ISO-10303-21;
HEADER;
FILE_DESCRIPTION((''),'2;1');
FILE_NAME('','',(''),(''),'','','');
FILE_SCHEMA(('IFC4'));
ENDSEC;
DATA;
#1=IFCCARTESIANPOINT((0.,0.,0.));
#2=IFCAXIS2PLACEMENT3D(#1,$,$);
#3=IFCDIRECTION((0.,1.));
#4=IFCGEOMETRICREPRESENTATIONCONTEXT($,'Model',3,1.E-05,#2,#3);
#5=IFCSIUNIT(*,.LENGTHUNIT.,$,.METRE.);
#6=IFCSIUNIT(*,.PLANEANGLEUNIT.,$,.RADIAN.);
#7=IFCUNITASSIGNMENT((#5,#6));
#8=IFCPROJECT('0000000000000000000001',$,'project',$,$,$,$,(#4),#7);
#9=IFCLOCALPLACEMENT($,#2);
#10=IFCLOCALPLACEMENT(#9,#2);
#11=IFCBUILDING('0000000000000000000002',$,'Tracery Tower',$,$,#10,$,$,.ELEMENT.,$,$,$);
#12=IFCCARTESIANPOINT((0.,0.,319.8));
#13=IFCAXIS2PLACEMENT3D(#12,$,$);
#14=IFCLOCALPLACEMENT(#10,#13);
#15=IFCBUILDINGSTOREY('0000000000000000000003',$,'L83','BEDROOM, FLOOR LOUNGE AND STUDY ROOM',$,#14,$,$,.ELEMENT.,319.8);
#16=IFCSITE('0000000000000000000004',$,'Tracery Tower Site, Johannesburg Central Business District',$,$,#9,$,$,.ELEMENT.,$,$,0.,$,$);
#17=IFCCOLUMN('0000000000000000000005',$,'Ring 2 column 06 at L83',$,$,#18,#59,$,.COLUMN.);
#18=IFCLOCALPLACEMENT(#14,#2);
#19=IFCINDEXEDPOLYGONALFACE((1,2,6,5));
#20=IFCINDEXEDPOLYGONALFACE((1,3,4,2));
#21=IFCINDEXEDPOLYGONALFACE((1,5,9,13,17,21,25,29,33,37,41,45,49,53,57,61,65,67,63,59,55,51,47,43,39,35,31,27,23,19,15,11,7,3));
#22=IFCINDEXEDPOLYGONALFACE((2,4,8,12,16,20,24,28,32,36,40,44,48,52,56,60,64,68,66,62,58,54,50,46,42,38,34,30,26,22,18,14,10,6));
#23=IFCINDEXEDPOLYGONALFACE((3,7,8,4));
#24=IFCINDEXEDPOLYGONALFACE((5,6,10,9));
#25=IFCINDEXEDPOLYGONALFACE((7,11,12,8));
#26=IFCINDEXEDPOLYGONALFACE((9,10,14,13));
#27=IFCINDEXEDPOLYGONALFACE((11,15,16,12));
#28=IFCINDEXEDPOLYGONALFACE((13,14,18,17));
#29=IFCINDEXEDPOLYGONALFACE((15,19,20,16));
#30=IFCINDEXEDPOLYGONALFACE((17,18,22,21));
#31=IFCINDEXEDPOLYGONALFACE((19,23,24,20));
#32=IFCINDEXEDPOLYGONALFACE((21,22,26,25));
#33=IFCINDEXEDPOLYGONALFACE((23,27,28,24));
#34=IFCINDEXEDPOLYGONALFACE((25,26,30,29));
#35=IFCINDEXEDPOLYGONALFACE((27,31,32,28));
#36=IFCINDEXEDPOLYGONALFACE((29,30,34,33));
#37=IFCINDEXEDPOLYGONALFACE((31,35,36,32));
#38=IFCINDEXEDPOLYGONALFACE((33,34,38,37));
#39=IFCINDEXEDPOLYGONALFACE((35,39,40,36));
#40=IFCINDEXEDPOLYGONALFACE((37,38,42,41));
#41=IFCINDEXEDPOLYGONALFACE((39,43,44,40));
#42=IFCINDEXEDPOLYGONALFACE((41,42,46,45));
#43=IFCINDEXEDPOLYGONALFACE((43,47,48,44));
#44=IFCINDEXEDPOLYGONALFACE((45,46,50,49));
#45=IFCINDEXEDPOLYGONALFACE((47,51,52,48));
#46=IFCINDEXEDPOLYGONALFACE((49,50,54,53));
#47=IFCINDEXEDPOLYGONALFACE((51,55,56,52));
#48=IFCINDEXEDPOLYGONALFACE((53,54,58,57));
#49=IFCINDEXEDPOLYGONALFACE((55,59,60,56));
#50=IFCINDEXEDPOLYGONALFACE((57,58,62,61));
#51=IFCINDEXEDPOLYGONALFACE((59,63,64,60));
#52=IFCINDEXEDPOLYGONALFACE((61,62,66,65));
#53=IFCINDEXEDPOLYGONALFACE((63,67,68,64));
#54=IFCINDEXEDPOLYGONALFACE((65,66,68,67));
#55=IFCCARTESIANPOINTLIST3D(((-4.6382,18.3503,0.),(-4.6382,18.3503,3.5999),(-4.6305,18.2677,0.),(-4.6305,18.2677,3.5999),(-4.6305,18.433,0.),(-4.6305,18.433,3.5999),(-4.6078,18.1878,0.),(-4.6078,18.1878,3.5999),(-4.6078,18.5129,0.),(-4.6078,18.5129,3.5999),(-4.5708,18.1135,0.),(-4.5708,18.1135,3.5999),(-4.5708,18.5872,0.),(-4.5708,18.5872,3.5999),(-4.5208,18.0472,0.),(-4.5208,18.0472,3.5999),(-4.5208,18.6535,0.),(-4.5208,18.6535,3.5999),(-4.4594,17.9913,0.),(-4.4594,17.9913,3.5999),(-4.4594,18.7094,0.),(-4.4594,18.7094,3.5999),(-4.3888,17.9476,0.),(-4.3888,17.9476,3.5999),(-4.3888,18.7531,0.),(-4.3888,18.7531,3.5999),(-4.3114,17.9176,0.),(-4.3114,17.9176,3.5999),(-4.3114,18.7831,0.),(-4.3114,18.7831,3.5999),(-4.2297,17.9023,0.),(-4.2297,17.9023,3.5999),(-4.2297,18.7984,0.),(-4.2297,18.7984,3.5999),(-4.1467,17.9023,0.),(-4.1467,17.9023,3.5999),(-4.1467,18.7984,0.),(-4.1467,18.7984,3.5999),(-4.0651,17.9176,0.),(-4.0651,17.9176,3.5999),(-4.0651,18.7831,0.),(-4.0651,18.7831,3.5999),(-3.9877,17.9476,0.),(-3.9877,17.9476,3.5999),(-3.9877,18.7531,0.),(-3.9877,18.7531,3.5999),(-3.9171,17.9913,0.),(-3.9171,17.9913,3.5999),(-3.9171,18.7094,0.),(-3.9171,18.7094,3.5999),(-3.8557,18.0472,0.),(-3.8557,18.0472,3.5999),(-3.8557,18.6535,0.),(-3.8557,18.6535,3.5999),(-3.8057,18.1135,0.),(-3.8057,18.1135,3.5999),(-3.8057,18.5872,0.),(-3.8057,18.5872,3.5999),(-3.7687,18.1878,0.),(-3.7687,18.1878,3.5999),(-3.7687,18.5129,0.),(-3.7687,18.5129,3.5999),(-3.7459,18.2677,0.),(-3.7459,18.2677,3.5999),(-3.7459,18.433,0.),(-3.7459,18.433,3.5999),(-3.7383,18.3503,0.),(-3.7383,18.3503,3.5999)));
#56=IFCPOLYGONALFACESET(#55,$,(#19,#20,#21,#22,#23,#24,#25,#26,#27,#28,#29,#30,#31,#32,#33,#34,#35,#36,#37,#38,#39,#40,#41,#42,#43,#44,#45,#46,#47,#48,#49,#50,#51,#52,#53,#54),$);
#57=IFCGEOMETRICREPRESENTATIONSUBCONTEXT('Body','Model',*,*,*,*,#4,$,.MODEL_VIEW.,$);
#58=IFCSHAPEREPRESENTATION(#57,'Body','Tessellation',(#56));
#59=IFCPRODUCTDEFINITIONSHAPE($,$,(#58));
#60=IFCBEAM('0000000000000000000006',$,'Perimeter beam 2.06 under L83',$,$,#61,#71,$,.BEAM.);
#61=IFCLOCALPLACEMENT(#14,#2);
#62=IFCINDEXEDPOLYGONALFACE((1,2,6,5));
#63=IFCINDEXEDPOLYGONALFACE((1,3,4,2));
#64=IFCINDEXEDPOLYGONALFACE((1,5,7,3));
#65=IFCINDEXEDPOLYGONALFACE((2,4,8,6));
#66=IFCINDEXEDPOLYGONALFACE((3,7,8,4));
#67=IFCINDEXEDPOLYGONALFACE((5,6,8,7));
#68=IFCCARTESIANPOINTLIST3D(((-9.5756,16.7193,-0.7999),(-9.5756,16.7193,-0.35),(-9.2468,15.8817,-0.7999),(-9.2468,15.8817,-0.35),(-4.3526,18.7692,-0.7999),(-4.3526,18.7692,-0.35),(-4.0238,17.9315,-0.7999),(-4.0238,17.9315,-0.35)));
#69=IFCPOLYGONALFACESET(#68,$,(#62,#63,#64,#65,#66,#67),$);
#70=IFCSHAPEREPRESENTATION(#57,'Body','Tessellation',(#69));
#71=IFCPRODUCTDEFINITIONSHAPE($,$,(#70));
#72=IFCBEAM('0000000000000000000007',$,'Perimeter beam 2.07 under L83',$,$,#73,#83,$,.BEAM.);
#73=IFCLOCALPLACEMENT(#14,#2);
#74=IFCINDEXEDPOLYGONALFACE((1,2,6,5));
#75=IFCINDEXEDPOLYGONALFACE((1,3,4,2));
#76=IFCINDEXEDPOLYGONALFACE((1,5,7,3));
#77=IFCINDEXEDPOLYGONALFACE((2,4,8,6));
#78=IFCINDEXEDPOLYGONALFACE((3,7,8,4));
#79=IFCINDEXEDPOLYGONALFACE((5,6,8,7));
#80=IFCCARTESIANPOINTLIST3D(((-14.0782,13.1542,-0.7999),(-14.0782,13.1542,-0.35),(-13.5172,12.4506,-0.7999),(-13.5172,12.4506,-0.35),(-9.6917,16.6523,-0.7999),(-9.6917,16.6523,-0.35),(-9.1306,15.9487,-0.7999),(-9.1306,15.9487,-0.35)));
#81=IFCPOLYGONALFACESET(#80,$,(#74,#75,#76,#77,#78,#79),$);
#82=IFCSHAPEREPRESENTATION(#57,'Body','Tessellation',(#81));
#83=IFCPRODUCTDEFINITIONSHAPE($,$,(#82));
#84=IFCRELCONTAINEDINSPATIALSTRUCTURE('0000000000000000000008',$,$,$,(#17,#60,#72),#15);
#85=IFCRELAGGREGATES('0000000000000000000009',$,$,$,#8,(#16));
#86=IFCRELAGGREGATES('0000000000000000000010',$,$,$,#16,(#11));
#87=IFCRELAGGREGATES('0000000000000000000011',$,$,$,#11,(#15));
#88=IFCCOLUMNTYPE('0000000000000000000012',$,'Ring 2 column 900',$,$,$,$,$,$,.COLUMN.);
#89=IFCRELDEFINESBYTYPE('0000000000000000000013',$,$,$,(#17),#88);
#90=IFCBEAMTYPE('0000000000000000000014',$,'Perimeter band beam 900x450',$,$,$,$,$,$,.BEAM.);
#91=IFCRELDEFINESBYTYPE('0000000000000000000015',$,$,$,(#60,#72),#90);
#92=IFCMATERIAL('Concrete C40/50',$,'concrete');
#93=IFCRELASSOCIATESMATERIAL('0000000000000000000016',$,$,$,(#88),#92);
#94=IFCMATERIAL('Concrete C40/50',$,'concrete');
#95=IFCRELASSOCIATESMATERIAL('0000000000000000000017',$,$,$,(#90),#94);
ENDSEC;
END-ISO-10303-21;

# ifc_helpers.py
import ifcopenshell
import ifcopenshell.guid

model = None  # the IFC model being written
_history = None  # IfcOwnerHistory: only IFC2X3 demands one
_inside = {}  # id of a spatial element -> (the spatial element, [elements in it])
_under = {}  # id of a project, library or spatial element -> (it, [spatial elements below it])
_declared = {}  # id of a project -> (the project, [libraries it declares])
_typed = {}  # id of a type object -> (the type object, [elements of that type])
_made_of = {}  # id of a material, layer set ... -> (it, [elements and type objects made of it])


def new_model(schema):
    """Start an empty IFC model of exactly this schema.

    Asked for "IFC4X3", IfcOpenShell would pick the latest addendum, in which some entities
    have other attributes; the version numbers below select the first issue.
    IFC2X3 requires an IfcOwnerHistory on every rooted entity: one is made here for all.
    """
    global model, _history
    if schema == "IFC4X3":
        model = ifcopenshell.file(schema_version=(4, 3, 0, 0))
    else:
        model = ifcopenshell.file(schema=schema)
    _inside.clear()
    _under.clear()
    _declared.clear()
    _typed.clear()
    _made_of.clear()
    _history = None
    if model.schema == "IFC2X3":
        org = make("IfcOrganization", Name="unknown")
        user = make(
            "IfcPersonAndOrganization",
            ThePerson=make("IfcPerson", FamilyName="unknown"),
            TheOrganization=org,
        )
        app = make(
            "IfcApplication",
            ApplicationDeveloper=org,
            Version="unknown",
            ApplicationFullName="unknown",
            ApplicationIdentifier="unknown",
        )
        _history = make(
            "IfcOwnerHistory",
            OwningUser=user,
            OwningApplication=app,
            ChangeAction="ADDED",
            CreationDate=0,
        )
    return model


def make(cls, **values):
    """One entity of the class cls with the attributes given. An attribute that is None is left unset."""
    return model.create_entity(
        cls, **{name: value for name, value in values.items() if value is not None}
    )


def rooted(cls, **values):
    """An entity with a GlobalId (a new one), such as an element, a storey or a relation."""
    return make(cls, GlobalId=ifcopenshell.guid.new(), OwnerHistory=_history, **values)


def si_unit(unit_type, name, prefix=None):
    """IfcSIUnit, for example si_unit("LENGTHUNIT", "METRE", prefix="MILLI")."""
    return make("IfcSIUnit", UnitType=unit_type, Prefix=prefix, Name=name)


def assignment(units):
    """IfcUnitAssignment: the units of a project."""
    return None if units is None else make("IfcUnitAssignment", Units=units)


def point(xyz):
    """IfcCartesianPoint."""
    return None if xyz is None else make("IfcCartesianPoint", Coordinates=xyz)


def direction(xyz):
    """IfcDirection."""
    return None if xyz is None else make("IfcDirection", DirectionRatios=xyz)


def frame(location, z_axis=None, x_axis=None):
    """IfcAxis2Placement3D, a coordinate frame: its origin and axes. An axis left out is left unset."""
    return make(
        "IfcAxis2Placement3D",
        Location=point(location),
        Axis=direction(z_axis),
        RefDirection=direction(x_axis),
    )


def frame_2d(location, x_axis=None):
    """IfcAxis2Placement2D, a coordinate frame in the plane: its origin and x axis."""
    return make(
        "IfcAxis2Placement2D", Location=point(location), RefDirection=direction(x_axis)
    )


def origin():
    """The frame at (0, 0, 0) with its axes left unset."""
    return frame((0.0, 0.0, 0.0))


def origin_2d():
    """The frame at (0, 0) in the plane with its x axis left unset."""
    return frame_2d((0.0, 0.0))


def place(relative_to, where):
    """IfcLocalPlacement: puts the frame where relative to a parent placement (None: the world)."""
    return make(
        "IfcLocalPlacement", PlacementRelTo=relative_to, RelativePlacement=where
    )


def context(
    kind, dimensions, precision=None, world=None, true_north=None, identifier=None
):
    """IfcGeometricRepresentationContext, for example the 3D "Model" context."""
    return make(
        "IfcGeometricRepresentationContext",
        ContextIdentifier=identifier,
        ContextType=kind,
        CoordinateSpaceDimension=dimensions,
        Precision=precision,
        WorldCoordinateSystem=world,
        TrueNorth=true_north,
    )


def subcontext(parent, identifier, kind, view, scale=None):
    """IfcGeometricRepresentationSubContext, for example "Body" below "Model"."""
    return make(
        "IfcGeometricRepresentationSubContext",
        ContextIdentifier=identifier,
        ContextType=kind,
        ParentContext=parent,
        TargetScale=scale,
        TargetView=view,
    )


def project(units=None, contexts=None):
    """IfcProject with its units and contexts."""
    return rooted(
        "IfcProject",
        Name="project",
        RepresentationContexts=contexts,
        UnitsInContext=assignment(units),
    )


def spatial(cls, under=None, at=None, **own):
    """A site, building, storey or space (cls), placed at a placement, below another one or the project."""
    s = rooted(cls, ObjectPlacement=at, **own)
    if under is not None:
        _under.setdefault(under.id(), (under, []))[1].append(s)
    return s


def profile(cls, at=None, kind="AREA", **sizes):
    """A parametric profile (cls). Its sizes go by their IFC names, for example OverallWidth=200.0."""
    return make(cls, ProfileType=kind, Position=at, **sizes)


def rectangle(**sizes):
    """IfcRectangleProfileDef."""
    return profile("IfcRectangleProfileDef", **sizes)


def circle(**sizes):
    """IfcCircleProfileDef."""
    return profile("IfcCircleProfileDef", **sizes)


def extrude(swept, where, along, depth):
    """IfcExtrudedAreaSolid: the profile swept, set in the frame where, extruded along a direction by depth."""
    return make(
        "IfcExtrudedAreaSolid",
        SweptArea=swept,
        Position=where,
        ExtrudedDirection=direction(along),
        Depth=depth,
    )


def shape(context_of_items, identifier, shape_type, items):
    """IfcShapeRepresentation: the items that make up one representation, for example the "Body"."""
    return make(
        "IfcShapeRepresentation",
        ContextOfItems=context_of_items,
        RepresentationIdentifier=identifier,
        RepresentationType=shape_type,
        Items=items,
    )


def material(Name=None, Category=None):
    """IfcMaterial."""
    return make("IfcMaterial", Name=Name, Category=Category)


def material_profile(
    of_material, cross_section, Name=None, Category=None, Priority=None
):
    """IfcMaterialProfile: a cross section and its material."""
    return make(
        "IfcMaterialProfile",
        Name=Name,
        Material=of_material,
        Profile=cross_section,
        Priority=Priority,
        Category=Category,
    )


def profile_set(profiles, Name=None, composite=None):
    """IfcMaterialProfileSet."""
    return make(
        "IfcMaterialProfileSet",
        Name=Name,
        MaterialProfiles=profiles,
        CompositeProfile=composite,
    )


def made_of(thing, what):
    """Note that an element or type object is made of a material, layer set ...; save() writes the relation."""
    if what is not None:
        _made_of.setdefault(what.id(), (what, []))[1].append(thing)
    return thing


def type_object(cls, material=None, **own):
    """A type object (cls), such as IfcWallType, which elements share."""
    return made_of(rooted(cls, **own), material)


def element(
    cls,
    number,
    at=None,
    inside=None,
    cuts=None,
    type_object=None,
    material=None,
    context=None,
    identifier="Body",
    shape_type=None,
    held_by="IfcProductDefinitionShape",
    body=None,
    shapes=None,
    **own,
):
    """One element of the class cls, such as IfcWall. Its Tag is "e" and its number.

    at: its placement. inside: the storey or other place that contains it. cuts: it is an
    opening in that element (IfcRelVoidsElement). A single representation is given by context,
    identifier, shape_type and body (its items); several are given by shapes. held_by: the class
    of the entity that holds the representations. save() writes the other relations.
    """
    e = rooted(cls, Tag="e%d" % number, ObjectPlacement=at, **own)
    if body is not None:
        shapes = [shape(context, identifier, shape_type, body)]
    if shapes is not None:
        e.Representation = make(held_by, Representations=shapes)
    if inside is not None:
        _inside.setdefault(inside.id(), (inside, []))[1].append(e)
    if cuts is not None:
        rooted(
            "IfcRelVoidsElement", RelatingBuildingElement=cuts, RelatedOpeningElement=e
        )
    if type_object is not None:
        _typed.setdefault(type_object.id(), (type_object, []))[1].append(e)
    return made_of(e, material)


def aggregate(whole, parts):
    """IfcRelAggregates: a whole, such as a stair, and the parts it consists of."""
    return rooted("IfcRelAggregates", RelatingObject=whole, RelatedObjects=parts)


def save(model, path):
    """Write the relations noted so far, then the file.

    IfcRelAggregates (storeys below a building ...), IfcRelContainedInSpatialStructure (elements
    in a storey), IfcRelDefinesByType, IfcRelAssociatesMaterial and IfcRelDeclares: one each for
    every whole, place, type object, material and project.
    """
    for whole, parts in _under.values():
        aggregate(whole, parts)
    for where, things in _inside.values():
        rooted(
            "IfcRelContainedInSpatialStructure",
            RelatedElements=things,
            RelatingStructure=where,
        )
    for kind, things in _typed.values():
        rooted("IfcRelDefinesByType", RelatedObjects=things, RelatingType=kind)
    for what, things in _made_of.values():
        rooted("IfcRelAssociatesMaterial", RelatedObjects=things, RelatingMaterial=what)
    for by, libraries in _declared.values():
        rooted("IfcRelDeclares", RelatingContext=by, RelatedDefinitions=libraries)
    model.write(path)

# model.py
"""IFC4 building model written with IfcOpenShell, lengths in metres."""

from ifc_helpers import new_model, si_unit, direction, frame, origin, origin_2d, place, context, subcontext, project, spatial, rectangle, circle, extrude, material, material_profile, profile_set, type_object, element, save


model = new_model("IFC4")

# Units and contexts
model_context = context("Model", 3, precision=1e-05, world=origin(), true_north=direction((0.0, 1.0)))
body_context = subcontext(model_context, "Body", "Model", "MODEL_VIEW")
ifc_project = project(units=[si_unit("LENGTHUNIT", "METRE"), si_unit("PLANEANGLEUNIT", "RADIAN")], contexts=[model_context])

# Site, building, storey
site_placement = place(None, origin())
site = spatial("IfcSite", under=ifc_project, at=site_placement, Name="Tracery Tower Site, Johannesburg Central Business District", CompositionType="ELEMENT", RefElevation=0.0)
building_placement = place(site_placement, origin())
building = spatial("IfcBuilding", under=site, at=building_placement, Name="Tracery Tower", CompositionType="ELEMENT")
storey_placement = place(building_placement, frame((0.0, 0.0, 319.8)))
storey = spatial("IfcBuildingStorey", under=building, at=storey_placement, Name="L83", Description="BEDROOM, FLOOR LOUNGE AND STUDY ROOM", CompositionType="ELEMENT", Elevation=319.8)

# Column
ifc_material_1 = material(Name="Concrete C40/50", Category="concrete")
ifc_material_profile_1 = material_profile(ifc_material_1, circle(Radius=0.45, at=origin_2d()), Name="RC D900")
ifc_profile_set_1 = profile_set([ifc_material_profile_1], Name="Concrete C40/50")
column_type = type_object("IfcColumnType", Name="Ring 2 column 900", PredefinedType="COLUMN", material=ifc_profile_set_1)
column_placement = place(storey_placement, frame((-4.1882, 18.3503, 0.0), z_axis=(0.0, 0.0, 1.0), x_axis=(1.0, 0.0, 0.0)))
element("IfcColumn", 1, at=column_placement, inside=storey, type_object=column_type, Name="Ring 2 column 06 at L83", PredefinedType="COLUMN", context=body_context, shape_type="SweptSolid", body=[
    extrude(circle(Radius=0.45, at=origin_2d()), origin(), (0.0, 0.0, 1.0), 3.5999),
])

# Beams
ifc_material_2 = material(Name="Concrete C40/50", Category="concrete")
ifc_material_profile_2 = material_profile(ifc_material_2, rectangle(XDim=0.8999, YDim=0.45, at=origin_2d()), Name="RC 900x450")
ifc_profile_set_2 = profile_set([ifc_material_profile_2], Name="Concrete C40/50")
beam_type = type_object("IfcBeamType", Name="Perimeter band beam 900x450", PredefinedType="BEAM", material=ifc_profile_set_2)
beam_1_placement = place(storey_placement, frame((-4.1882, 18.3503, -0.575), z_axis=(-0.930876, -0.365336, 0.0), x_axis=(0.365336, -0.930876, 0.0)))
element("IfcBeam", 2, at=beam_1_placement, inside=storey, type_object=beam_type, Name="Perimeter beam 2.06 under L83", PredefinedType="BEAM", context=body_context, shape_type="SweptSolid", body=[
    extrude(rectangle(XDim=0.8999, YDim=0.45, at=origin_2d()), origin(), (0.0, 0.0, 1.0), 5.6108),
])
beam_2_placement = place(storey_placement, frame((-9.4111, 16.3005, -0.575), z_axis=(-0.781836, -0.623484, 0.0), x_axis=(0.623484, -0.781836, 0.0)))
element("IfcBeam", 3, at=beam_2_placement, inside=storey, type_object=beam_type, Name="Perimeter beam 2.07 under L83", PredefinedType="BEAM", context=body_context, shape_type="SweptSolid", body=[
    extrude(rectangle(XDim=0.8999, YDim=0.45, at=origin_2d()), origin(), (0.0, 0.0, 1.0), 5.6106),
])

save(model, "model.ifc")
